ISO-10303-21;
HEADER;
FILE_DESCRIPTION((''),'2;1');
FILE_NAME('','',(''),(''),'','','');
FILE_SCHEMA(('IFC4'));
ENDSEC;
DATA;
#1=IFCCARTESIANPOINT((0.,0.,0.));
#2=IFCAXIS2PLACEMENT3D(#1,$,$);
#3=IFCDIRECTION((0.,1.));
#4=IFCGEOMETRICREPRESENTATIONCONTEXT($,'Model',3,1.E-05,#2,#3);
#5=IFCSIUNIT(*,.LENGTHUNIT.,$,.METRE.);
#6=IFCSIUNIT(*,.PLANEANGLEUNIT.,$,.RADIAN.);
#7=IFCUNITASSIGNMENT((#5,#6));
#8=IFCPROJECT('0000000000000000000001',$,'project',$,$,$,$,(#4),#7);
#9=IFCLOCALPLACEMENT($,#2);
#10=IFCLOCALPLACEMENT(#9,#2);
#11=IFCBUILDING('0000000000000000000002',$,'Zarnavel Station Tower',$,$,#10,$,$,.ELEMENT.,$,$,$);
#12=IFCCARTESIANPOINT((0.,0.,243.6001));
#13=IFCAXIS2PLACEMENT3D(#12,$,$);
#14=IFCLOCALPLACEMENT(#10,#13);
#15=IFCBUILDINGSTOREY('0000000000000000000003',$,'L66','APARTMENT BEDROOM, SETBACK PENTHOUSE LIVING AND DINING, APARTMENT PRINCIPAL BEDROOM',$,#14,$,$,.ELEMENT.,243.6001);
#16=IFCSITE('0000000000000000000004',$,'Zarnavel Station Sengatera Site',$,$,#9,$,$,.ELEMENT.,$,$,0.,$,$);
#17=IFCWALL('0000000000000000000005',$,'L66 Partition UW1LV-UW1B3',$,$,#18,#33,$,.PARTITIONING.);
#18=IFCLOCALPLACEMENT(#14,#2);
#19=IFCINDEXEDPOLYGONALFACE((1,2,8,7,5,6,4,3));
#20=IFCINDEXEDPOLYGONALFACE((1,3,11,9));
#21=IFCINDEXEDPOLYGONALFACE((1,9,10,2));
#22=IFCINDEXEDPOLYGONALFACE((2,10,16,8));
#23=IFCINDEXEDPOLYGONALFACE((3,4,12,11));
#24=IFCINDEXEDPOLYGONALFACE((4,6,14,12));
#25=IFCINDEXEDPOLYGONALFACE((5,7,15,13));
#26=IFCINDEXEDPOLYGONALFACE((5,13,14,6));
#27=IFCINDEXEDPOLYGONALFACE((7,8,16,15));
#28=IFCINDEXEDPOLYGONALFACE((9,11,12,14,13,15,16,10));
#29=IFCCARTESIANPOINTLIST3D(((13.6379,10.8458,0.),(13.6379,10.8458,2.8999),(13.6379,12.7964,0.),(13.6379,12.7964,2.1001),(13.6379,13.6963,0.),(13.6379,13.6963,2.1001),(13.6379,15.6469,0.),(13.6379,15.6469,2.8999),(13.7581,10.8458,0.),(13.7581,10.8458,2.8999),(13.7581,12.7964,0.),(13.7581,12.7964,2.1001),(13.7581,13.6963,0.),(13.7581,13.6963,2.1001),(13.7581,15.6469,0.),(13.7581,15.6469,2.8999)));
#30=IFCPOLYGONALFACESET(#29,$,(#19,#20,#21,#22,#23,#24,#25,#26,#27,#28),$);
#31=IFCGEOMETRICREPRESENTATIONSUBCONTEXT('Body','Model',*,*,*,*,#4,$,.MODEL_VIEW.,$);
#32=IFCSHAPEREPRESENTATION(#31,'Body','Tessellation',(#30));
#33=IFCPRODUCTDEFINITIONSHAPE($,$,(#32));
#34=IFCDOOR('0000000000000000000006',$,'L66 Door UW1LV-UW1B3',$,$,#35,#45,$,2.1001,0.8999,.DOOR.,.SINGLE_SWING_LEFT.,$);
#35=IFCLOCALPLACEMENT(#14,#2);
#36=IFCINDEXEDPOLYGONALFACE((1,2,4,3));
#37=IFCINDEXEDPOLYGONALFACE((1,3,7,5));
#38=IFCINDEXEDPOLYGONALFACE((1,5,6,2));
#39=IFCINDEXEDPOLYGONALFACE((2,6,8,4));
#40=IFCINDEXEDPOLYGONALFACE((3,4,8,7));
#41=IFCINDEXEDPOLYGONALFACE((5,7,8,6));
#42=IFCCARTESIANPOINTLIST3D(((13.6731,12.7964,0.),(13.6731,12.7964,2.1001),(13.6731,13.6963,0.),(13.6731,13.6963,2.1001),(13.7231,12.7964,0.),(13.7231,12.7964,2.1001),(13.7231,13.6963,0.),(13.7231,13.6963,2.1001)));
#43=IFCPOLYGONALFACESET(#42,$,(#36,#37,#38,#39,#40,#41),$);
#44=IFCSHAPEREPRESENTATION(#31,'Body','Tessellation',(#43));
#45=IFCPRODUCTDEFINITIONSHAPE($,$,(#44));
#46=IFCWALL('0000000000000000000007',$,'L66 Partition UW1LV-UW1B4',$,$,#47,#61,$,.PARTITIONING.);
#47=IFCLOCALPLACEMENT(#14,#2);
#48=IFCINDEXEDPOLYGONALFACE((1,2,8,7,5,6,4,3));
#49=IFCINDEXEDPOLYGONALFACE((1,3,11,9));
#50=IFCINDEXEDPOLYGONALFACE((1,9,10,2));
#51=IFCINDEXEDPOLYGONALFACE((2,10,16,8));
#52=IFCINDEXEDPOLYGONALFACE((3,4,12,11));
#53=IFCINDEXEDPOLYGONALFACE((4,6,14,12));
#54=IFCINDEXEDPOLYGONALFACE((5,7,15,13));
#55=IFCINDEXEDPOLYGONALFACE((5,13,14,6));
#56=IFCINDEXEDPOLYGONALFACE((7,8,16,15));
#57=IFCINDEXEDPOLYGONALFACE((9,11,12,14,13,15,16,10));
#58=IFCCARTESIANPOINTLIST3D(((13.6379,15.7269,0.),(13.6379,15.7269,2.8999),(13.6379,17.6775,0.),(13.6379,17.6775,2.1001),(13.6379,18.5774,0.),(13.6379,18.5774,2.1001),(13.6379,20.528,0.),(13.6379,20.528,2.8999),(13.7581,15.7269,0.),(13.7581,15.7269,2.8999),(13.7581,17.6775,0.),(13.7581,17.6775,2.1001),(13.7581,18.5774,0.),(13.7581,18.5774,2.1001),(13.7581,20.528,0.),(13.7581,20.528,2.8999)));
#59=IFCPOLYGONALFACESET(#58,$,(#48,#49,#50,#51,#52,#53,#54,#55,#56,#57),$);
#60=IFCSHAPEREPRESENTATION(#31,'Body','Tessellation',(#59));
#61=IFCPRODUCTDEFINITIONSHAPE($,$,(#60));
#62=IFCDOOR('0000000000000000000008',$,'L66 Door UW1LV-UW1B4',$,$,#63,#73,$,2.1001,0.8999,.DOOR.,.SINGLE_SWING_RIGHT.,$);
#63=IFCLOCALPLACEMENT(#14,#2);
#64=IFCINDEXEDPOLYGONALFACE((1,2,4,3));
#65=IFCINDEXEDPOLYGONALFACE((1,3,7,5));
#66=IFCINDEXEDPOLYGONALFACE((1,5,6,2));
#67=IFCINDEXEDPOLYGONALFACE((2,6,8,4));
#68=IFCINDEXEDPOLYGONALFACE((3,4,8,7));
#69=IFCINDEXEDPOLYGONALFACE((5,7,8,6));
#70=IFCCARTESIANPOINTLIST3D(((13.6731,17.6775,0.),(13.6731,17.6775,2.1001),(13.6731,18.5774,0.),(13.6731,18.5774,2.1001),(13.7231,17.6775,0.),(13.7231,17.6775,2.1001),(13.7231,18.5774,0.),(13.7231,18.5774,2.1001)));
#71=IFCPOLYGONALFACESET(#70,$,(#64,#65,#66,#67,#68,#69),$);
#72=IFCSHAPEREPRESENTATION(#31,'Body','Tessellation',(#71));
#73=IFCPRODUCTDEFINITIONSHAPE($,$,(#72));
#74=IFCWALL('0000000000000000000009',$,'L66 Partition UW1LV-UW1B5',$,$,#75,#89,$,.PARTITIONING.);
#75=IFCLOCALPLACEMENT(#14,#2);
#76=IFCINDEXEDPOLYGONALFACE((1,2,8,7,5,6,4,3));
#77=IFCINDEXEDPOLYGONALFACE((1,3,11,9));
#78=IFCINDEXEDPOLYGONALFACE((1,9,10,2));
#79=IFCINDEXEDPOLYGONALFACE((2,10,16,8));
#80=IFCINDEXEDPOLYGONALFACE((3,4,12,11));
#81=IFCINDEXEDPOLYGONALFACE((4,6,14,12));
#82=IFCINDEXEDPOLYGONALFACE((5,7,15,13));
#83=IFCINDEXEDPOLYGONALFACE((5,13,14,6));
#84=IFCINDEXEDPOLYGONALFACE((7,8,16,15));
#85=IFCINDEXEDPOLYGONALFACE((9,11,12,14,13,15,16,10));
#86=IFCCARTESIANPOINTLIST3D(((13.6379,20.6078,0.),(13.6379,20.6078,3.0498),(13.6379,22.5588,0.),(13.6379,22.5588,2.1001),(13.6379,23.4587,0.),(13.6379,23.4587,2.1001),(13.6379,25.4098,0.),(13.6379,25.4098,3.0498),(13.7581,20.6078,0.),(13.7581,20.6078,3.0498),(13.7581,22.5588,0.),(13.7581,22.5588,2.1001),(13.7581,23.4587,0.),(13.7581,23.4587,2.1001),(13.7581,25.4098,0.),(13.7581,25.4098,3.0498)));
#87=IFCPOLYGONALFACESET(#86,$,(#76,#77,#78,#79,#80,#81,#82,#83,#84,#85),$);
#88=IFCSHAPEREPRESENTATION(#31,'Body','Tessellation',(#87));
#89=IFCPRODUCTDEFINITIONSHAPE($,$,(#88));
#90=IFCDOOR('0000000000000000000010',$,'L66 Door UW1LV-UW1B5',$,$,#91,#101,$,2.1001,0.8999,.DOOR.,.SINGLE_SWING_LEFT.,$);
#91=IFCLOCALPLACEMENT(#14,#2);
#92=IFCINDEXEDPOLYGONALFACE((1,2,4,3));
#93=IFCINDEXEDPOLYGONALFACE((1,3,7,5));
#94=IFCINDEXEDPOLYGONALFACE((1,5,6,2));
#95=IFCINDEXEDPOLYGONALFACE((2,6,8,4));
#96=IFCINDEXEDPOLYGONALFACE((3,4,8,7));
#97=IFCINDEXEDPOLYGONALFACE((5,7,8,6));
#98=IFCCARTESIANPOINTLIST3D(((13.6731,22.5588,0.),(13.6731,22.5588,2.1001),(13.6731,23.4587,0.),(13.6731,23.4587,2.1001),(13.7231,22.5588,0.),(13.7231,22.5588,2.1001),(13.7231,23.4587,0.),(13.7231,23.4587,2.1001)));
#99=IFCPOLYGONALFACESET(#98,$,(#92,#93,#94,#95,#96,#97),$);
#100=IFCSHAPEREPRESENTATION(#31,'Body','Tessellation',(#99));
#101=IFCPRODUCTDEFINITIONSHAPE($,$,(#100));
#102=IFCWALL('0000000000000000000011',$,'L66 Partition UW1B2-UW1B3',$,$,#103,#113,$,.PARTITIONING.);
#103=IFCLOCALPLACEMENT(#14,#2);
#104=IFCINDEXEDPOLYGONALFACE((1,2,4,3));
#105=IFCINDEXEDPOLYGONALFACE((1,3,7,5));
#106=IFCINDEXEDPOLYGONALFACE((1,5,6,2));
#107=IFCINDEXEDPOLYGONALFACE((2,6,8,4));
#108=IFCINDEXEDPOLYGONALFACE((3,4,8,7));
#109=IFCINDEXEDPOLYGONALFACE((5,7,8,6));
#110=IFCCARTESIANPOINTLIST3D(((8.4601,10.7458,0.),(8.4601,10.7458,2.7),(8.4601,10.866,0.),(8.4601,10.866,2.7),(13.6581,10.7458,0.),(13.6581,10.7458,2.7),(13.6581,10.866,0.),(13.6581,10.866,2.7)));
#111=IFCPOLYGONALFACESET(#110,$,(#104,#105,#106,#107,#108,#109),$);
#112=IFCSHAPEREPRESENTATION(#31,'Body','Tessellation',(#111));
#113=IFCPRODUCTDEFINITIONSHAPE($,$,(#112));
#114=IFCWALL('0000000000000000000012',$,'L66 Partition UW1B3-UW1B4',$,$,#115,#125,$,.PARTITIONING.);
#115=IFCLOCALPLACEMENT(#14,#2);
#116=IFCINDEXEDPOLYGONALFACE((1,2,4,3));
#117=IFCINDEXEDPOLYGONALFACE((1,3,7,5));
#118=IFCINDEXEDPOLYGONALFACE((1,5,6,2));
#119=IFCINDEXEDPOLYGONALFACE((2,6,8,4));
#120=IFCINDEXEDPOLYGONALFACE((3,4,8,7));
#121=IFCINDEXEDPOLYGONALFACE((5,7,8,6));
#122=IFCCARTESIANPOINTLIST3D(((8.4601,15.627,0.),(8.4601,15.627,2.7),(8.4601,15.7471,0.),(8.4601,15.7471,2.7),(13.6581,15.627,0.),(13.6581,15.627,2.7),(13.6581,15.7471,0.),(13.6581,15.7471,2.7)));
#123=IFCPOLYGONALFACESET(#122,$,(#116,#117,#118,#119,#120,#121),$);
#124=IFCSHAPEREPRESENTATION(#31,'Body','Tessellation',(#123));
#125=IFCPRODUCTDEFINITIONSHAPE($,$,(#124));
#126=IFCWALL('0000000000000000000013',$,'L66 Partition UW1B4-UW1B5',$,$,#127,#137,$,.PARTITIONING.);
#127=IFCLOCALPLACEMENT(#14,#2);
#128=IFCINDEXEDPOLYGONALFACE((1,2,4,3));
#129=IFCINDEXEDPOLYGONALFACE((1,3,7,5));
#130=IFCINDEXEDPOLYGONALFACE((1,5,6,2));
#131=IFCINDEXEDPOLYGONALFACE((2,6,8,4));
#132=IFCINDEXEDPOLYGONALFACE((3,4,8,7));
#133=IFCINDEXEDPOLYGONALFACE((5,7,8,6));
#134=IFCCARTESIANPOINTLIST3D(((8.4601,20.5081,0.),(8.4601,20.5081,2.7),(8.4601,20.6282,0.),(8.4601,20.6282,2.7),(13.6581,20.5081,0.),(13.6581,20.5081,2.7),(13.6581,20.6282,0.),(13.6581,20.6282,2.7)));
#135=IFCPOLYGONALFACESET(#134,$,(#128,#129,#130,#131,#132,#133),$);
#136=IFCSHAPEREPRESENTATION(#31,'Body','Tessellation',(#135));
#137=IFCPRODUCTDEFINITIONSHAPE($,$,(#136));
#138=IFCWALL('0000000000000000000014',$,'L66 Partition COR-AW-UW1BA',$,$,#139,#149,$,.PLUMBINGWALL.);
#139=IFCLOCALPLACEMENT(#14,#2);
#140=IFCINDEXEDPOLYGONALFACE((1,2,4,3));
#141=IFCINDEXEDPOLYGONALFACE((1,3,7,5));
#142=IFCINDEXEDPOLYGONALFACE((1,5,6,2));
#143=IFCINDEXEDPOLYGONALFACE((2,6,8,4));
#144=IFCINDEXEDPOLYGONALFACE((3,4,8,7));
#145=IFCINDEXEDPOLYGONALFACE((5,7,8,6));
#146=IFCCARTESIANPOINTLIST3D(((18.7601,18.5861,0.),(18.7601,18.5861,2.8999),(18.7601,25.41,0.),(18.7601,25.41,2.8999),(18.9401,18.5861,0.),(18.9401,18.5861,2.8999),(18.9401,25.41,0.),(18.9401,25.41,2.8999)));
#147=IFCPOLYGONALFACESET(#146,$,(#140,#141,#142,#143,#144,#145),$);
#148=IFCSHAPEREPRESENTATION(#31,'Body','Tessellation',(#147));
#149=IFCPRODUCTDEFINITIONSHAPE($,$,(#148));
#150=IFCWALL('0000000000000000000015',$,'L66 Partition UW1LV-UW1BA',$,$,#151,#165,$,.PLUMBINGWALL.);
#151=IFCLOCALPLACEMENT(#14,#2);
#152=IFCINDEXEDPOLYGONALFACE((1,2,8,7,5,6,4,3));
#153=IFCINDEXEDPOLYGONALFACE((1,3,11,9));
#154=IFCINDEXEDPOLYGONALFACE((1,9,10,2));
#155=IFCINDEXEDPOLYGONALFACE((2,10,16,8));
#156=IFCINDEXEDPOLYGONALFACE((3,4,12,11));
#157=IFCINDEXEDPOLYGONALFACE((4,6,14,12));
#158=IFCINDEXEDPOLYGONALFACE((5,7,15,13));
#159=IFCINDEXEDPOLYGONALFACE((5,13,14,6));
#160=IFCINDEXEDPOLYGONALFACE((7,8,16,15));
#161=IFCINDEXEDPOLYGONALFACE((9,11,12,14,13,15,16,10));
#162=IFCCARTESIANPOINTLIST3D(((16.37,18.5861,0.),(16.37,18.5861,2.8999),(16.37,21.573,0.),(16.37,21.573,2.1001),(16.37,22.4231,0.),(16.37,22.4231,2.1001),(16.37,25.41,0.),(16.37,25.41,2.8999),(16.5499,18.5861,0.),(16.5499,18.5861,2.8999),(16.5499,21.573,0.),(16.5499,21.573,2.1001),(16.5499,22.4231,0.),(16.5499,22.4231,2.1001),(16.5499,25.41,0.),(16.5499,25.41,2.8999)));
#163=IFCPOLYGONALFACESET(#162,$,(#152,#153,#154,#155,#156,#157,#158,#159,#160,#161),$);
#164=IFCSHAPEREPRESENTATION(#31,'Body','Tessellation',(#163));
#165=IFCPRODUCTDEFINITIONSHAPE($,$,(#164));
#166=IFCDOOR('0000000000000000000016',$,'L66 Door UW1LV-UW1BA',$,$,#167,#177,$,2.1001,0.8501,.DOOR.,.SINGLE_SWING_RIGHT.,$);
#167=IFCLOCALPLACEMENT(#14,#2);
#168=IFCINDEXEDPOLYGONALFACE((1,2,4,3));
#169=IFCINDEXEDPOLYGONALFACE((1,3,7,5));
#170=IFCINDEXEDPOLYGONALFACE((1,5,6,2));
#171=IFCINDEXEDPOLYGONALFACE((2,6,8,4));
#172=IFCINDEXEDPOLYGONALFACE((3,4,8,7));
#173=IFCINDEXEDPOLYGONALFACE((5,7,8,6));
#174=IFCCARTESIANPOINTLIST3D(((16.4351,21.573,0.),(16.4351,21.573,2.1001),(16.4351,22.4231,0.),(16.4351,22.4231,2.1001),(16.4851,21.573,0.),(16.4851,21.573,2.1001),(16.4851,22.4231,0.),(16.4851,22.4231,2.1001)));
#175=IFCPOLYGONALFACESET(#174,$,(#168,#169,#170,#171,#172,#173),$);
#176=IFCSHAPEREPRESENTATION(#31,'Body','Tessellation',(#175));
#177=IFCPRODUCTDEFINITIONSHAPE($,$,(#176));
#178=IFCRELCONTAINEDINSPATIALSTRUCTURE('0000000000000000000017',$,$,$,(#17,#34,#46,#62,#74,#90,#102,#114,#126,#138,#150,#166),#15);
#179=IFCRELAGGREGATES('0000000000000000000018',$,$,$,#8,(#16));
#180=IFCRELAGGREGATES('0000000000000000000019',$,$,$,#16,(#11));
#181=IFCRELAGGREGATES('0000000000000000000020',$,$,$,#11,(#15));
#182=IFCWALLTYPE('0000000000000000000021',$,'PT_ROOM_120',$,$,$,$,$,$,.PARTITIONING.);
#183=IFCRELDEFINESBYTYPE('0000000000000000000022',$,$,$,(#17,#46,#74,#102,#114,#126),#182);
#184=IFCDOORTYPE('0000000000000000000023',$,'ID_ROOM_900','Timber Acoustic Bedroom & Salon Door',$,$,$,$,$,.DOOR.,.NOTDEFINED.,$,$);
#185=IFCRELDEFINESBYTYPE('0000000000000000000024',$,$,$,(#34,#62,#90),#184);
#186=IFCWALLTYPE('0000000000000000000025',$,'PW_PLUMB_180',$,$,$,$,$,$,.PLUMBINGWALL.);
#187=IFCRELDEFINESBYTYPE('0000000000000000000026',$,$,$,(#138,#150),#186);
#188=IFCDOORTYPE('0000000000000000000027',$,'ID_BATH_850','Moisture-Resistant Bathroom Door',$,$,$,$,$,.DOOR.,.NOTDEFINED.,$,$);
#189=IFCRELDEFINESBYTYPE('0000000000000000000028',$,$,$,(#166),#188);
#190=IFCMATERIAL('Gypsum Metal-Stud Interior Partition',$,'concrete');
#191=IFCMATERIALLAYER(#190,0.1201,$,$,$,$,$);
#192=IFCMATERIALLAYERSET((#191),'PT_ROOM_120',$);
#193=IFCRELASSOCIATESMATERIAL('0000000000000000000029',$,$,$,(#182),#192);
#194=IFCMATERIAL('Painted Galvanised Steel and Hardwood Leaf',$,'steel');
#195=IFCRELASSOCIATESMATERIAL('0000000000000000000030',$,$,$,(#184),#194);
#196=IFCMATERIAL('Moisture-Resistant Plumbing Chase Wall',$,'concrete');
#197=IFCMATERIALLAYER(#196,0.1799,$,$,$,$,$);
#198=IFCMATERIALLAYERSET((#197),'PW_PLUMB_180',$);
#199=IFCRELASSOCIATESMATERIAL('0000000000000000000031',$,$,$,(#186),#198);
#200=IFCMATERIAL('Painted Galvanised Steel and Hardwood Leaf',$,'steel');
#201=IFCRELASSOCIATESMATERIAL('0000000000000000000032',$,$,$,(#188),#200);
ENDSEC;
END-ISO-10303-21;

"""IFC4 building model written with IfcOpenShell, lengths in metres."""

from ifc_helpers import new_model, si_unit, direction, frame, frame_2d, origin, place, context, subcontext, project, spatial, rectangle, extrude, material, layer, layer_set, type_object, element, fill, save


model = new_model("IFC4")

# Units and contexts
model_context = context("Model", 3, precision=1e-05, world=origin(), true_north=direction((0.0, 1.0)))
body_context = subcontext(model_context, "Body", "Model", "MODEL_VIEW")
ifc_project = project(units=[si_unit("LENGTHUNIT", "METRE"), si_unit("PLANEANGLEUNIT", "RADIAN")], contexts=[model_context])

# Site, building, storey
site_placement = place(None, origin())
site = spatial("IfcSite", under=ifc_project, at=site_placement, Name="Zarnavel Station Sengatera Site", CompositionType="ELEMENT", RefElevation=0.0)
building_placement = place(site_placement, origin())
building = spatial("IfcBuilding", under=site, at=building_placement, Name="Zarnavel Station Tower", CompositionType="ELEMENT")
storey_placement = place(building_placement, frame((0.0, 0.0, 243.6001)))
storey = spatial("IfcBuildingStorey", under=building, at=storey_placement, Name="L66", Description="APARTMENT BEDROOM, SETBACK PENTHOUSE LIVING AND DINING, APARTMENT PRINCIPAL BEDROOM", CompositionType="ELEMENT", Elevation=243.6001)

# Walls, openings, doors
ifc_material_1 = material(Name="Gypsum Metal-Stud Interior Partition", Category="concrete")
ifc_layer_1 = layer(ifc_material_1, 0.1201)
ifc_layer_set_1 = layer_set([ifc_layer_1], Name="PT_ROOM_120")
wall_type_1 = type_object("IfcWallType", Name="PT_ROOM_120", PredefinedType="PARTITIONING", material=ifc_layer_set_1)
ifc_material_2 = material(Name="Painted Galvanised Steel and Hardwood Leaf", Category="steel")
door_type_1 = type_object("IfcDoorType", Name="ID_ROOM_900", Description="Timber Acoustic Bedroom & Salon Door", OperationType="NOTDEFINED", PredefinedType="DOOR", material=ifc_material_2)
wall_1_placement = place(storey_placement, frame((13.698, 10.8459, 0.0), z_axis=(0.0, 0.0, 1.0), x_axis=(0.0, 1.0, 0.0)))
wall_1 = element("IfcWall", 1, at=wall_1_placement, inside=storey, type_object=wall_type_1, Name="L66 Partition UW1LV-UW1B3", PredefinedType="PARTITIONING", context=body_context, shape_type="SweptSolid", body=[
    extrude(rectangle(XDim=4.801, YDim=0.1201, at=frame_2d((2.4004, 0.0))), origin(), (0.0, 0.0, 1.0), 2.8999),
])
opening_1_placement = place(wall_1_placement, frame((1.9504, 0.0, 0.0)))
opening_1 = element("IfcOpeningElement", 2, at=opening_1_placement, cuts=wall_1, PredefinedType="OPENING", context=body_context, shape_type="SweptSolid", body=[
    extrude(rectangle(XDim=0.8999, YDim=2.1001, at=frame_2d((0.45, 1.05))), frame((0.0, 0.0701, 0.0), z_axis=(0.0, -1.0, 0.0), x_axis=(1.0, 0.0, 0.0)), (0.0, 0.0, 1.0), 0.1401),
])
door_1_placement = place(opening_1_placement, origin())
door_1 = element("IfcDoor", 3, at=door_1_placement, inside=storey, type_object=door_type_1, Name="L66 Door UW1LV-UW1B3", OperationType="SINGLE_SWING_LEFT", OverallHeight=2.1001, OverallWidth=0.8999, PredefinedType="DOOR", context=body_context, shape_type="SweptSolid", body=[
    extrude(rectangle(XDim=0.8999, YDim=2.1001, at=frame_2d((0.45, 1.05))), frame((0.0, 0.0249, 0.0), z_axis=(0.0, -1.0, 0.0), x_axis=(1.0, 0.0, 0.0)), (0.0, 0.0, 1.0), 0.05),
])
fill(opening_1, door_1)
wall_2_placement = place(storey_placement, frame((13.698, 15.7271, 0.0), z_axis=(0.0, 0.0, 1.0), x_axis=(0.0, 1.0, 0.0)))
wall_2 = element("IfcWall", 4, at=wall_2_placement, inside=storey, type_object=wall_type_1, Name="L66 Partition UW1LV-UW1B4", PredefinedType="PARTITIONING", context=body_context, shape_type="SweptSolid", body=[
    extrude(rectangle(XDim=4.801, YDim=0.1201, at=frame_2d((2.4004, 0.0))), origin(), (0.0, 0.0, 1.0), 2.8999),
])
opening_2_placement = place(wall_2_placement, frame((1.9504, 0.0, 0.0)))
opening_2 = element("IfcOpeningElement", 5, at=opening_2_placement, cuts=wall_2, PredefinedType="OPENING", context=body_context, shape_type="SweptSolid", body=[
    extrude(rectangle(XDim=0.8999, YDim=2.1001, at=frame_2d((0.45, 1.05))), frame((0.0, 0.0701, 0.0), z_axis=(0.0, -1.0, 0.0), x_axis=(1.0, 0.0, 0.0)), (0.0, 0.0, 1.0), 0.1401),
])
door_2_placement = place(opening_2_placement, origin())
door_2 = element("IfcDoor", 6, at=door_2_placement, inside=storey, type_object=door_type_1, Name="L66 Door UW1LV-UW1B4", OperationType="SINGLE_SWING_RIGHT", OverallHeight=2.1001, OverallWidth=0.8999, PredefinedType="DOOR", context=body_context, shape_type="SweptSolid", body=[
    extrude(rectangle(XDim=0.8999, YDim=2.1001, at=frame_2d((0.45, 1.05))), frame((0.0, 0.0249, 0.0), z_axis=(0.0, -1.0, 0.0), x_axis=(1.0, 0.0, 0.0)), (0.0, 0.0, 1.0), 0.05),
])
fill(opening_2, door_2)
wall_3_placement = place(storey_placement, frame((13.698, 20.6079, 0.0), z_axis=(0.0, 0.0, 1.0), x_axis=(0.0, 1.0, 0.0)))
wall_3 = element("IfcWall", 7, at=wall_3_placement, inside=storey, type_object=wall_type_1, Name="L66 Partition UW1LV-UW1B5", PredefinedType="PARTITIONING", context=body_context, shape_type="SweptSolid", body=[
    extrude(rectangle(XDim=4.802, YDim=0.1201, at=frame_2d((2.4009, 0.0))), origin(), (0.0, 0.0, 1.0), 3.0498),
])
opening_3_placement = place(wall_3_placement, frame((1.9509, 0.0, 0.0)))
opening_3 = element("IfcOpeningElement", 8, at=opening_3_placement, cuts=wall_3, PredefinedType="OPENING", context=body_context, shape_type="SweptSolid", body=[
    extrude(rectangle(XDim=0.8999, YDim=2.1001, at=frame_2d((0.45, 1.05))), frame((0.0, 0.0701, 0.0), z_axis=(0.0, -1.0, 0.0), x_axis=(1.0, 0.0, 0.0)), (0.0, 0.0, 1.0), 0.1401),
])
door_3_placement = place(opening_3_placement, origin())
door_3 = element("IfcDoor", 9, at=door_3_placement, inside=storey, type_object=door_type_1, Name="L66 Door UW1LV-UW1B5", OperationType="SINGLE_SWING_LEFT", OverallHeight=2.1001, OverallWidth=0.8999, PredefinedType="DOOR", context=body_context, shape_type="SweptSolid", body=[
    extrude(rectangle(XDim=0.8999, YDim=2.1001, at=frame_2d((0.45, 1.05))), frame((0.0, 0.0249, 0.0), z_axis=(0.0, -1.0, 0.0), x_axis=(1.0, 0.0, 0.0)), (0.0, 0.0, 1.0), 0.05),
])
fill(opening_3, door_3)

# Walls
for number, where, z_axis, x_axis, name in (
    (10, (8.46, 10.8059, 0.0), (0.0, 0.0, 1.0), (1.0, 0.0, 0.0), "L66 Partition UW1B2-UW1B3"),
    (11, (8.46, 15.687, 0.0), (0.0, 0.0, 1.0), (1.0, 0.0, 0.0), "L66 Partition UW1B3-UW1B4"),
    (12, (8.46, 20.5681, 0.0), (0.0, 0.0, 1.0), (1.0, 0.0, 0.0), "L66 Partition UW1B4-UW1B5"),
):
    element("IfcWall", number, at=place(storey_placement, frame(where, z_axis=z_axis, x_axis=x_axis)), inside=storey, type_object=wall_type_1, Name=name, PredefinedType="PARTITIONING", context=body_context, shape_type="SweptSolid", body=[
        extrude(rectangle(XDim=5.198, YDim=0.1201, at=frame_2d((2.5991, 0.0))), origin(), (0.0, 0.0, 1.0), 2.7),
    ])
ifc_material_3 = material(Name="Moisture-Resistant Plumbing Chase Wall", Category="concrete")
ifc_layer_2 = layer(ifc_material_3, 0.1799)
ifc_layer_set_2 = layer_set([ifc_layer_2], Name="PW_PLUMB_180")
wall_type_2 = type_object("IfcWallType", Name="PW_PLUMB_180", PredefinedType="PLUMBINGWALL", material=ifc_layer_set_2)
wall_4_placement = place(storey_placement, frame((18.8501, 18.5859, 0.0), z_axis=(0.0, 0.0, 1.0), x_axis=(0.0, 1.0, 0.0)))
element("IfcWall", 13, at=wall_4_placement, inside=storey, type_object=wall_type_2, Name="L66 Partition COR-AW-UW1BA", PredefinedType="PLUMBINGWALL", context=body_context, shape_type="SweptSolid", body=[
    extrude(rectangle(XDim=6.824, YDim=0.1799, at=frame_2d((3.4121, 0.0))), origin(), (0.0, 0.0, 1.0), 2.8999),
])

# Wall, opening, door
wall_5_placement = place(storey_placement, frame((16.46, 18.5859, 0.0), z_axis=(0.0, 0.0, 1.0), x_axis=(0.0, 1.0, 0.0)))
wall_5 = element("IfcWall", 14, at=wall_5_placement, inside=storey, type_object=wall_type_2, Name="L66 Partition UW1LV-UW1BA", PredefinedType="PLUMBINGWALL", context=body_context, shape_type="SweptSolid", body=[
    extrude(rectangle(XDim=6.824, YDim=0.1799, at=frame_2d((3.4121, 0.0))), origin(), (0.0, 0.0, 1.0), 2.8999),
])
opening_4_placement = place(wall_5_placement, frame((2.9871, 0.0, 0.0)))
opening_4 = element("IfcOpeningElement", 15, at=opening_4_placement, cuts=wall_5, PredefinedType="OPENING", context=body_context, shape_type="SweptSolid", body=[
    extrude(rectangle(XDim=0.8501, YDim=2.1001, at=frame_2d((0.425, 1.05))), frame((0.0, 0.0999, 0.0), z_axis=(0.0, -1.0, 0.0), x_axis=(1.0, 0.0, 0.0)), (0.0, 0.0, 1.0), 0.2),
])
ifc_material_4 = material(Name="Painted Galvanised Steel and Hardwood Leaf", Category="steel")
door_type_2 = type_object("IfcDoorType", Name="ID_BATH_850", Description="Moisture-Resistant Bathroom Door", OperationType="NOTDEFINED", PredefinedType="DOOR", material=ifc_material_4)
door_4_placement = place(opening_4_placement, origin())
door_4 = element("IfcDoor", 16, at=door_4_placement, inside=storey, type_object=door_type_2, Name="L66 Door UW1LV-UW1BA", OperationType="SINGLE_SWING_RIGHT", OverallHeight=2.1001, OverallWidth=0.8501, PredefinedType="DOOR", context=body_context, shape_type="SweptSolid", body=[
    extrude(rectangle(XDim=0.8501, YDim=2.1001, at=frame_2d((0.425, 1.05))), frame((0.0, 0.0249, 0.0), z_axis=(0.0, -1.0, 0.0), x_axis=(1.0, 0.0, 0.0)), (0.0, 0.0, 1.0), 0.05),
])
fill(opening_4, door_4)

save(model, "model.ifc")
